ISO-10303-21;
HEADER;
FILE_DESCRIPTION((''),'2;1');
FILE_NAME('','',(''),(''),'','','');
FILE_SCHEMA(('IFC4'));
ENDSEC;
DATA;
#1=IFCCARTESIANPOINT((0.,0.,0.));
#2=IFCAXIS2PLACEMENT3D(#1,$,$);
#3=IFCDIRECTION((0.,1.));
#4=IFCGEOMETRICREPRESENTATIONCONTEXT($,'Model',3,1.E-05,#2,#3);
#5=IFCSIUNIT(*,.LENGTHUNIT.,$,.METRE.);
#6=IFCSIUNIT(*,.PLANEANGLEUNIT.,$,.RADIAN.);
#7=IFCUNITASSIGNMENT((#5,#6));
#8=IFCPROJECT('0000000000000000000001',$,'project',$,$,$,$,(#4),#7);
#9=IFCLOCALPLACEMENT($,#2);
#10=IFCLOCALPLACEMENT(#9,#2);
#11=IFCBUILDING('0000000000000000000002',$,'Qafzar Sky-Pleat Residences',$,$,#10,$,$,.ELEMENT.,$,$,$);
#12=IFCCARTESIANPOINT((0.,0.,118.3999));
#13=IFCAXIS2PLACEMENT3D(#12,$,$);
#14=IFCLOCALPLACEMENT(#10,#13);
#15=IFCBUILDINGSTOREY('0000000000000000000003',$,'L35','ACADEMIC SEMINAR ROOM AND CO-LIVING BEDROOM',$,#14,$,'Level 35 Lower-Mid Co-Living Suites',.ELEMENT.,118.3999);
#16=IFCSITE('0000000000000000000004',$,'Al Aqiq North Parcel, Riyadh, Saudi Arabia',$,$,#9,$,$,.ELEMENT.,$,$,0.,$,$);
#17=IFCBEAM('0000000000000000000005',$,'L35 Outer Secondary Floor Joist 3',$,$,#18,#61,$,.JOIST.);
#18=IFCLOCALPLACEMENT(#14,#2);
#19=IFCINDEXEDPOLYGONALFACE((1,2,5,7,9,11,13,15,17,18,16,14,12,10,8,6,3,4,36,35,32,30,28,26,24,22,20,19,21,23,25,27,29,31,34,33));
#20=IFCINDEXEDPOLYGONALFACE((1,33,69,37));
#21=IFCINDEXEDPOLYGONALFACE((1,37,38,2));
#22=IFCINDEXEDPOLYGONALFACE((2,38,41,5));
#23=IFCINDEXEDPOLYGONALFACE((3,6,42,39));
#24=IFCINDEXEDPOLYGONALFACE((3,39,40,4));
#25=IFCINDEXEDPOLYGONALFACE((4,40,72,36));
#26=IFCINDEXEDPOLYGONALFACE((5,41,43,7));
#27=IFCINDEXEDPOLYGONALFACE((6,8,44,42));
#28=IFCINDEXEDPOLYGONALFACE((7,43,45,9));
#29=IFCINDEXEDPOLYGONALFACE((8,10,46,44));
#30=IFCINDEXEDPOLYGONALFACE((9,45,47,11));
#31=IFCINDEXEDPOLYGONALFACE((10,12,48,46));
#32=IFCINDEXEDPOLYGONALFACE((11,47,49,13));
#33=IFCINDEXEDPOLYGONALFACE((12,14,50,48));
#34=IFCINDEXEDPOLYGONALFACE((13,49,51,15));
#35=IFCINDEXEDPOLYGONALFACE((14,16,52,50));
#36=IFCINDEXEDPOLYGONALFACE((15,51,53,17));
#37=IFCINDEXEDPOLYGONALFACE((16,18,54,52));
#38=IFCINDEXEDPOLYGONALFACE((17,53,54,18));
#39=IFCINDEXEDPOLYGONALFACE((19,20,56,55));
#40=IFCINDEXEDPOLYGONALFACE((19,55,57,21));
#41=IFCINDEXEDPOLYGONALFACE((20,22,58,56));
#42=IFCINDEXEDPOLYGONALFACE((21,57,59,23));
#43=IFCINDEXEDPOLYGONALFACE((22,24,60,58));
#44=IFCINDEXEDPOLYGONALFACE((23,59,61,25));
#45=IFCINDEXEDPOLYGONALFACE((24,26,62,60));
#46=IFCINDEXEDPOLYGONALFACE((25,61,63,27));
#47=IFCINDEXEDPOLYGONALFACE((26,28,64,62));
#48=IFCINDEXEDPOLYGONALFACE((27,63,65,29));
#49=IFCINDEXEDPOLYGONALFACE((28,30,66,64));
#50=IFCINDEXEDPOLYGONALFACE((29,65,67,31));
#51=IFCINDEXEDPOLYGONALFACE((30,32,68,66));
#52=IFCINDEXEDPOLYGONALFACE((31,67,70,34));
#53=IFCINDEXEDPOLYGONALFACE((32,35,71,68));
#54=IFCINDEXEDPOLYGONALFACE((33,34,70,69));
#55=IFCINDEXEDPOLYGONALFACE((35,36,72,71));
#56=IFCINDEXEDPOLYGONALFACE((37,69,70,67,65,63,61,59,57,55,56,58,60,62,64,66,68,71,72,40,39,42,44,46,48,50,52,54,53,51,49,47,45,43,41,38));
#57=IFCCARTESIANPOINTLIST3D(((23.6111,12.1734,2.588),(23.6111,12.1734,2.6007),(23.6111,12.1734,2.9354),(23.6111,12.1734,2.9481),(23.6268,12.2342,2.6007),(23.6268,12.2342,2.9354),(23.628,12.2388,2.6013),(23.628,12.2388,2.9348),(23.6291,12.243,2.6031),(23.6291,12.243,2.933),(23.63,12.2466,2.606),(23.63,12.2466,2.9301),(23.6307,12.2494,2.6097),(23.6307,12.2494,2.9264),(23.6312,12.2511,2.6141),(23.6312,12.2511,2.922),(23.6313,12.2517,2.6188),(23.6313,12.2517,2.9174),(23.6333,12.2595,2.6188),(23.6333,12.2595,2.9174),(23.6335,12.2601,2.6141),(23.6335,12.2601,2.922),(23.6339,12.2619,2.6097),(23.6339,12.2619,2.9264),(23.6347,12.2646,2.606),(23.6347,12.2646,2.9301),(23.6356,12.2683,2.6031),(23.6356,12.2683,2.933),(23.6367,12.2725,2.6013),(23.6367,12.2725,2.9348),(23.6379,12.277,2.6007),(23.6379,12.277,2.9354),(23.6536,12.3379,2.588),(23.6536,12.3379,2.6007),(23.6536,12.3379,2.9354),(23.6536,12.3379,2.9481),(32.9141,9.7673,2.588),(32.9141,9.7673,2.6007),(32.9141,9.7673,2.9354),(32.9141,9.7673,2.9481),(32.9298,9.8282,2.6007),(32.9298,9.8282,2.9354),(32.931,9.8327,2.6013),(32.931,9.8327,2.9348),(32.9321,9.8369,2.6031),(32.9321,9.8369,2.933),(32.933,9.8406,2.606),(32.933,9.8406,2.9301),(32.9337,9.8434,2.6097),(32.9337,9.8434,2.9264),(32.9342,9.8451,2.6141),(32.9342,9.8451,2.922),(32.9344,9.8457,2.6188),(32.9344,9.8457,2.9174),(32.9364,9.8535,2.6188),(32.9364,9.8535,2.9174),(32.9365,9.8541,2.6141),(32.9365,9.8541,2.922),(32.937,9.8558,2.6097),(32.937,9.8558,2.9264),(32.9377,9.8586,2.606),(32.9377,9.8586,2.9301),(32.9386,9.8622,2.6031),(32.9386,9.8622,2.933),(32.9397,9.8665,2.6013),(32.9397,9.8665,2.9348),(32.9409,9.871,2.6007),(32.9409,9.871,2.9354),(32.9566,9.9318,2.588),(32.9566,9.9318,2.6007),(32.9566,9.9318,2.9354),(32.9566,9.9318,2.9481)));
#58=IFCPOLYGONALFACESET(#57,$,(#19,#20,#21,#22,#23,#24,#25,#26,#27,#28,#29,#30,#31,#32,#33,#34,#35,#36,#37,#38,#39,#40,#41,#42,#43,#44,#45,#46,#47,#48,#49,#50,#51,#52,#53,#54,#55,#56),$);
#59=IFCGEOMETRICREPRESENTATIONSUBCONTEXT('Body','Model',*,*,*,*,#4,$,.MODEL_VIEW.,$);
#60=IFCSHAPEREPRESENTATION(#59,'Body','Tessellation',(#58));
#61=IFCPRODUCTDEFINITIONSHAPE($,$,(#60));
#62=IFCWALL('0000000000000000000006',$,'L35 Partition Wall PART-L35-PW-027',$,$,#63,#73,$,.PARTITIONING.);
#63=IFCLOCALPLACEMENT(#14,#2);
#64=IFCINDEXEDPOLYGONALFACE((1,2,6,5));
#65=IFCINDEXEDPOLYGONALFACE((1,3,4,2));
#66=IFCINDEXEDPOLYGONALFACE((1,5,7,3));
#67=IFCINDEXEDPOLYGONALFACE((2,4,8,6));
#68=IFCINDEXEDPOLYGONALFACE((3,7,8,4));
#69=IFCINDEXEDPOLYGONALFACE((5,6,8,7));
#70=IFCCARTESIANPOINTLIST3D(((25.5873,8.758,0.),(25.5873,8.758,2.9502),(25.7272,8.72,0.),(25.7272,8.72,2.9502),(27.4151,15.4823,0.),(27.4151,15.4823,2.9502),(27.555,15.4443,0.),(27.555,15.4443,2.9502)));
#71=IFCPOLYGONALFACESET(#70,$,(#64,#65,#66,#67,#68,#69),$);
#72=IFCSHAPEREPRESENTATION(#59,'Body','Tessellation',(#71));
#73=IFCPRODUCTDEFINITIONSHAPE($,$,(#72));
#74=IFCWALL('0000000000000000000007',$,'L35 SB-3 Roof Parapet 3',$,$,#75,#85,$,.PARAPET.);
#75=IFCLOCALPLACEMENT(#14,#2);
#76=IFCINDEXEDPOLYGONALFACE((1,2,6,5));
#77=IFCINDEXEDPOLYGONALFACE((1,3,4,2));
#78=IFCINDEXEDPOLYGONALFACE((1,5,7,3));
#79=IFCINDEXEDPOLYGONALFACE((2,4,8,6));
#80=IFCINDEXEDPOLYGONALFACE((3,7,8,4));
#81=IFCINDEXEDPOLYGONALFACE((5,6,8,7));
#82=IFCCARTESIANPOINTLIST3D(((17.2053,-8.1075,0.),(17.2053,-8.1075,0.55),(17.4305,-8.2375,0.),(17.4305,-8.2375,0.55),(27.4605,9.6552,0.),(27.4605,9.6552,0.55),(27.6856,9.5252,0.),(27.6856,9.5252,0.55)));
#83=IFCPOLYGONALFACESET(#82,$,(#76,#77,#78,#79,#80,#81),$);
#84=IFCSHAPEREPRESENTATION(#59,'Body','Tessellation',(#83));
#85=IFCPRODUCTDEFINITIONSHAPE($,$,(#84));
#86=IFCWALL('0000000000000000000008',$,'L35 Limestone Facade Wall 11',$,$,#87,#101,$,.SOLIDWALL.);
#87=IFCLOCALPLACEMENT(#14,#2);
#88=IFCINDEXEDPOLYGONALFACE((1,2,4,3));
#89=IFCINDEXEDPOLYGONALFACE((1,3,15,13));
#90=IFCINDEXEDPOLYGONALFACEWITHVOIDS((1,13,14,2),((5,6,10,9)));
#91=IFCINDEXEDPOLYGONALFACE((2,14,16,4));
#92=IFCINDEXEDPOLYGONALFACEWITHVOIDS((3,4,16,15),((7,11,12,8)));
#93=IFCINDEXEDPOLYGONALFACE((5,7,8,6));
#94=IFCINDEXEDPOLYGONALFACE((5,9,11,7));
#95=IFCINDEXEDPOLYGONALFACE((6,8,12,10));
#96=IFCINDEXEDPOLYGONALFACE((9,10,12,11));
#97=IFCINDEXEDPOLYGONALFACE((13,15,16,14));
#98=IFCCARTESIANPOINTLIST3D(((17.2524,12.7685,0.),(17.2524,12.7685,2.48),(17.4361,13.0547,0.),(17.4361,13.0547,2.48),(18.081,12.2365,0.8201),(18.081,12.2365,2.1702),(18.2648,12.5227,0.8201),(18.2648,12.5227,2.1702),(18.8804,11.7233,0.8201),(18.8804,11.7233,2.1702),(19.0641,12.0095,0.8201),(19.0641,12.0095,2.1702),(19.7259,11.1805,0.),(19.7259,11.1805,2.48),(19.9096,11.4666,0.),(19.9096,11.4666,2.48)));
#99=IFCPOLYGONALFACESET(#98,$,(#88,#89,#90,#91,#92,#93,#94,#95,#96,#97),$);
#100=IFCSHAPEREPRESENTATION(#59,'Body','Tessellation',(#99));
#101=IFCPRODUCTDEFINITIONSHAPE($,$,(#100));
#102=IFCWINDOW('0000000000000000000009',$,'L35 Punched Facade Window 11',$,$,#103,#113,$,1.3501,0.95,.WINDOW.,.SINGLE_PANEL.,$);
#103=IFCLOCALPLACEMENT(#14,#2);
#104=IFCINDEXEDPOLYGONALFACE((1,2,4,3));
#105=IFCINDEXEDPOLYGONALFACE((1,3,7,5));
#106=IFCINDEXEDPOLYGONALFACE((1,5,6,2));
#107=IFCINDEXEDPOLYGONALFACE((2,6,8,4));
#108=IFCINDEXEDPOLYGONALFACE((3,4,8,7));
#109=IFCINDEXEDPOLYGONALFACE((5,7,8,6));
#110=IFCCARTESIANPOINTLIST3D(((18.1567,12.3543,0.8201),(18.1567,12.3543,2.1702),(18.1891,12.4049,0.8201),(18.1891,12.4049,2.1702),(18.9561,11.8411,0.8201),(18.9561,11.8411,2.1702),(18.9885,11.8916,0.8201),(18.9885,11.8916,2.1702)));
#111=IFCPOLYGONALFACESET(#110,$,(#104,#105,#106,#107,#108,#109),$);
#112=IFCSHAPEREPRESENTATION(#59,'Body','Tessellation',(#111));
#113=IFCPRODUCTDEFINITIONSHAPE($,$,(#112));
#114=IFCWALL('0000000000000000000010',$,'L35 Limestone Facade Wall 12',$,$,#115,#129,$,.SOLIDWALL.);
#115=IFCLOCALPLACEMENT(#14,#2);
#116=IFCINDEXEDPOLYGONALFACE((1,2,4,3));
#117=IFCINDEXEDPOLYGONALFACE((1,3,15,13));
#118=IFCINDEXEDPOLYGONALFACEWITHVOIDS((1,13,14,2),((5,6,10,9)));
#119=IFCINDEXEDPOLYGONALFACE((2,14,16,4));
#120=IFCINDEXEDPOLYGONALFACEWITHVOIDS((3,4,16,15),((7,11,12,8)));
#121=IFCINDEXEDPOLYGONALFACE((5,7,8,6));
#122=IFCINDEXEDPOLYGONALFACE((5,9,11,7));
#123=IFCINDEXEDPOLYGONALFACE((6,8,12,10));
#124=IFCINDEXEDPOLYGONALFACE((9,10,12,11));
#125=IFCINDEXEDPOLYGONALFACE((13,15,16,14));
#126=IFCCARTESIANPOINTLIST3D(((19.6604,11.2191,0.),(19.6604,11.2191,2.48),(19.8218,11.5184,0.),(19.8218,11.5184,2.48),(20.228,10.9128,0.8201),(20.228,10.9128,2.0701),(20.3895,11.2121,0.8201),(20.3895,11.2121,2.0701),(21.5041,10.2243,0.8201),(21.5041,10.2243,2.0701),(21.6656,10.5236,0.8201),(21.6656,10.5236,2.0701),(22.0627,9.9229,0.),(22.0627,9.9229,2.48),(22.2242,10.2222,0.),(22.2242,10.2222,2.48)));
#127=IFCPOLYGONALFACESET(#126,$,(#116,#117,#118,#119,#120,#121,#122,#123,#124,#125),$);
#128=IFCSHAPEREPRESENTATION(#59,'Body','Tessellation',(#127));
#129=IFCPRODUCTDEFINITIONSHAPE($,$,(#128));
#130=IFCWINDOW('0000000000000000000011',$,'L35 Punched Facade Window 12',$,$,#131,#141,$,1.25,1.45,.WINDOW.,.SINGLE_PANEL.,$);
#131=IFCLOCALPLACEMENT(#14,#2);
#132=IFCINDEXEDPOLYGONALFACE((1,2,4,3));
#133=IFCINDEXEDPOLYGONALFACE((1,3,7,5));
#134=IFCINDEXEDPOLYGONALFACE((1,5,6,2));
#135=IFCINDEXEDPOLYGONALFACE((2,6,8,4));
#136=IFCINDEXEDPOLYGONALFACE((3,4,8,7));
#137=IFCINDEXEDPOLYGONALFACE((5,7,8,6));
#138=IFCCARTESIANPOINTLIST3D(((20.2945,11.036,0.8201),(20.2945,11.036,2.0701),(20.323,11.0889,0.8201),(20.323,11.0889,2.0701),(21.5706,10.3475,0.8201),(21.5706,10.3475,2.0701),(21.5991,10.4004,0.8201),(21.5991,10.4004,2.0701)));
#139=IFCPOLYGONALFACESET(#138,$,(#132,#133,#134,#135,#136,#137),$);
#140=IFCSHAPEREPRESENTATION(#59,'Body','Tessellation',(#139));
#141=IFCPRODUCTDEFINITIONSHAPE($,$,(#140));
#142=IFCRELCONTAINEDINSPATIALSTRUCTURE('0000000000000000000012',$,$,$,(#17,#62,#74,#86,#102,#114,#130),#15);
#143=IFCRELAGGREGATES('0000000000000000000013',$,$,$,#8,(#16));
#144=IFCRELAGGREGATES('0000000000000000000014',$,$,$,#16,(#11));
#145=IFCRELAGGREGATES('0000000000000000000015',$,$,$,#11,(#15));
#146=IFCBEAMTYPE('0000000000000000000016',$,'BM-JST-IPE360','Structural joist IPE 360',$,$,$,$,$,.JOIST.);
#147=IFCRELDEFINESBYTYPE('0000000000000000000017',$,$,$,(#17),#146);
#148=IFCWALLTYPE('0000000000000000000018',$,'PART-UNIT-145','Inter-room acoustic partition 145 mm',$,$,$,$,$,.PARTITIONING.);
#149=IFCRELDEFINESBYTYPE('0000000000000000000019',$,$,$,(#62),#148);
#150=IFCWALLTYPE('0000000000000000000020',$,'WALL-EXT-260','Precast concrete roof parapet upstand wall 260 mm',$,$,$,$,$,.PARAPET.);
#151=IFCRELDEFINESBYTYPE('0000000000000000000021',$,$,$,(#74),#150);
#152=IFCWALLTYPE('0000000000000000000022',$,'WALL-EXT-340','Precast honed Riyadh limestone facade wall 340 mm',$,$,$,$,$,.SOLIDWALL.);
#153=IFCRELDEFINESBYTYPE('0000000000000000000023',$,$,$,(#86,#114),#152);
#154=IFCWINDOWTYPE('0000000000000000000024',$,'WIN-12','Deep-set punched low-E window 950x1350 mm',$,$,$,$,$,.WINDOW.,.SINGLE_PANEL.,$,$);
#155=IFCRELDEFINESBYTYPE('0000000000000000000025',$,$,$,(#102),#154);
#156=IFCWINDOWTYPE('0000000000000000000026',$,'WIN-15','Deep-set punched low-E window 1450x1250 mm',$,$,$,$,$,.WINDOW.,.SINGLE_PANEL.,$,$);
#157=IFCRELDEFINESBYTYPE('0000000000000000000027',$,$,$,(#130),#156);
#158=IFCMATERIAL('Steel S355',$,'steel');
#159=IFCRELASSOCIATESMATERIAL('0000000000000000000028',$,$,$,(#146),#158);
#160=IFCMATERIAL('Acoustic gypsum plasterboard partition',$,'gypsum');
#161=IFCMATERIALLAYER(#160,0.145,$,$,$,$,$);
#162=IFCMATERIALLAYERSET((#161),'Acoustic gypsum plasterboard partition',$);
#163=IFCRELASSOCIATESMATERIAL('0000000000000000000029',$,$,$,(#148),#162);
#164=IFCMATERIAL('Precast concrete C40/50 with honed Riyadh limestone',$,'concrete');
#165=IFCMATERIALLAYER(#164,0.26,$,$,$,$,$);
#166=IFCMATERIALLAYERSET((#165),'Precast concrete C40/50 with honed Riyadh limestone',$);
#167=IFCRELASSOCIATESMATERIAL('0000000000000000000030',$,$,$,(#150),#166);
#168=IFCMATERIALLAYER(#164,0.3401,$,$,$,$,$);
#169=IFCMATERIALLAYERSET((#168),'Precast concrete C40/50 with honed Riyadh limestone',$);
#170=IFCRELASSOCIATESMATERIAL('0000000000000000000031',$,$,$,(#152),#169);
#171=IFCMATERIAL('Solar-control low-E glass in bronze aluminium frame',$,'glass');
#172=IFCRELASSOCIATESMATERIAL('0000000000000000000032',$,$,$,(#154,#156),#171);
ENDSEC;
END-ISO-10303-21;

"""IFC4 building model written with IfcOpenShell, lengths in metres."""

from ifc_helpers import new_model, si_unit, direction, frame, frame_2d, origin, origin_2d, place, context, subcontext, project, spatial, rectangle, i_section, extrude, source, transform, mapped, material, layer, layer_set, material_profile, profile_set, type_object, element, fill, save


model = new_model("IFC4")

# Units and contexts
model_context = context("Model", 3, precision=1e-05, world=origin(), true_north=direction((0.0, 1.0)))
body_context = subcontext(model_context, "Body", "Model", "MODEL_VIEW")
ifc_project = project(units=[si_unit("LENGTHUNIT", "METRE"), si_unit("PLANEANGLEUNIT", "RADIAN")], contexts=[model_context])

# Site, building, storey
site_placement = place(None, origin())
site = spatial("IfcSite", under=ifc_project, at=site_placement, Name="Al Aqiq North Parcel, Riyadh, Saudi Arabia", CompositionType="ELEMENT", RefElevation=0.0)
building_placement = place(site_placement, origin())
building = spatial("IfcBuilding", under=site, at=building_placement, Name="Qafzar Sky-Pleat Residences", CompositionType="ELEMENT")
storey_placement = place(building_placement, frame((0.0, 0.0, 118.3999)))
storey = spatial("IfcBuildingStorey", under=building, at=storey_placement, Name="L35", Description="ACADEMIC SEMINAR ROOM AND CO-LIVING BEDROOM", LongName="Level 35 Lower-Mid Co-Living Suites", CompositionType="ELEMENT", Elevation=118.3999)

# Beam
ifc_material_1 = material(Name="Steel S355", Category="steel")
ifc_material_profile_1 = material_profile(ifc_material_1, i_section(OverallWidth=0.1699, OverallDepth=0.3601, WebThickness=0.0081, FlangeThickness=0.0127, FilletRadius=0.0181, at=origin_2d()), Name="IPE 360")
ifc_profile_set_1 = profile_set([ifc_material_profile_1], Name="Steel S355")
beam_type_1 = type_object("IfcBeamType", Name="BM-JST-IPE360", Description="Structural joist IPE 360", PredefinedType="JOIST", material=ifc_profile_set_1)
shared_shape_1 = source(origin(), body_context, "Body", "SweptSolid", [
    extrude(i_section(OverallWidth=0.1699, OverallDepth=0.3601, WebThickness=0.0081, FlangeThickness=0.0127, FilletRadius=0.0181, at=origin_2d()), origin(), (0.0, 0.0, 1.0), 9.6091),
])
beam_1_placement = place(storey_placement, frame((23.6323, 12.2556, 2.7681), z_axis=(0.968145, -0.250389, 0.0), x_axis=(0.250389, 0.968145, 0.0)))
element("IfcBeam", 1, at=beam_1_placement, inside=storey, type_object=beam_type_1, Name="L35 Outer Secondary Floor Joist 3", PredefinedType="JOIST", context=body_context, shape_type="MappedRepresentation", body=[
    mapped(shared_shape_1, transform((0.0, 0.0, 0.0), x_axis=(1.0, 0.0, 0.0), y_axis=(0.0, 1.0, 0.0), z_axis=(0.0, 0.0, 1.0), scale=1.0)),
])

# Walls
ifc_material_2 = material(Name="Acoustic gypsum plasterboard partition", Category="gypsum")
ifc_layer_1 = layer(ifc_material_2, 0.145)
ifc_layer_set_1 = layer_set([ifc_layer_1], Name="Acoustic gypsum plasterboard partition")
wall_type_1 = type_object("IfcWallType", Name="PART-UNIT-145", Description="Inter-room acoustic partition 145 mm", PredefinedType="PARTITIONING", material=ifc_layer_set_1)
wall_1_placement = place(storey_placement, frame((25.6572, 8.739, 0.0), z_axis=(0.0, 0.0, 1.0), x_axis=(0.262311, 0.964983, 0.0)))
element("IfcWall", 2, at=wall_1_placement, inside=storey, type_object=wall_type_1, Name="L35 Partition Wall PART-L35-PW-027", PredefinedType="PARTITIONING", context=body_context, shape_type="SweptSolid", body=[
    extrude(rectangle(XDim=6.9683, YDim=0.145, at=frame_2d((3.4841, 0.0))), origin(), (0.0, 0.0, 1.0), 2.9502),
])
ifc_material_3 = material(Name="Precast concrete C40/50 with honed Riyadh limestone", Category="concrete")
ifc_layer_2 = layer(ifc_material_3, 0.26)
ifc_layer_set_2 = layer_set([ifc_layer_2], Name="Precast concrete C40/50 with honed Riyadh limestone")
wall_type_2 = type_object("IfcWallType", Name="WALL-EXT-260", Description="Precast concrete roof parapet upstand wall 260 mm", PredefinedType="PARAPET", material=ifc_layer_set_2)
wall_2_placement = place(storey_placement, frame((17.3179, -8.1726, 0.0), z_axis=(0.0, 0.0, 1.0), x_axis=(0.499994, 0.866029, 0.0)))
element("IfcWall", 3, at=wall_2_placement, inside=storey, type_object=wall_type_2, Name="L35 SB-3 Roof Parapet 3", PredefinedType="PARAPET", context=body_context, shape_type="SweptSolid", body=[
    extrude(rectangle(XDim=20.5105, YDim=0.26, at=frame_2d((10.2554, 0.0))), origin(), (0.0, 0.0, 1.0), 0.55),
])

# Walls, openings, windows
ifc_layer_3 = layer(ifc_material_3, 0.3401)
ifc_layer_set_3 = layer_set([ifc_layer_3], Name="Precast concrete C40/50 with honed Riyadh limestone")
wall_type_3 = type_object("IfcWallType", Name="WALL-EXT-340", Description="Precast honed Riyadh limestone facade wall 340 mm", PredefinedType="SOLIDWALL", material=ifc_layer_set_3)
wall_3_placement = place(storey_placement, frame((17.3442, 12.9116, 0.0), z_axis=(0.0, 0.0, 1.0), x_axis=(0.841497, -0.540262, 0.0)))
wall_3 = element("IfcWall", 4, at=wall_3_placement, inside=storey, type_object=wall_type_3, Name="L35 Limestone Facade Wall 11", PredefinedType="SOLIDWALL", context=body_context, shape_type="SweptSolid", body=[
    extrude(rectangle(XDim=2.9395, YDim=0.3401, at=frame_2d((1.4697, 0.0))), origin(), (0.0, 0.0, 1.0), 2.48),
])
opening_1_placement = place(wall_3_placement, frame((0.9846, 0.0, 0.8201)))
opening_1 = element("IfcOpeningElement", 5, at=opening_1_placement, cuts=wall_3, PredefinedType="OPENING", context=body_context, shape_type="SweptSolid", body=[
    extrude(rectangle(XDim=0.95, YDim=1.3501, at=frame_2d((0.4751, 0.675))), frame((0.0, 0.1802, 0.0), z_axis=(0.0, -1.0, 0.0), x_axis=(1.0, 0.0, 0.0)), (0.0, 0.0, 1.0), 0.3601),
])
ifc_material_4 = material(Name="Solar-control low-E glass in bronze aluminium frame", Category="glass")
window_type_1 = type_object("IfcWindowType", Name="WIN-12", Description="Deep-set punched low-E window 950x1350 mm", PartitioningType="SINGLE_PANEL", PredefinedType="WINDOW", material=ifc_material_4)
shared_shape_2 = source(origin(), body_context, "Body", "SweptSolid", [
    extrude(rectangle(XDim=0.95, YDim=1.3501, at=frame_2d((0.4751, 0.675))), frame((0.0, 0.03, 0.0), z_axis=(0.0, -1.0, 0.0), x_axis=(1.0, 0.0, 0.0)), (0.0, 0.0, 1.0), 0.0601),
])
window_1_placement = place(opening_1_placement, origin())
window_1 = element("IfcWindow", 6, at=window_1_placement, inside=storey, type_object=window_type_1, Name="L35 Punched Facade Window 11", OverallHeight=1.3501, OverallWidth=0.95, PartitioningType="SINGLE_PANEL", PredefinedType="WINDOW", context=body_context, shape_type="MappedRepresentation", body=[
    mapped(shared_shape_2, transform((0.0, 0.0, 0.0), x_axis=(1.0, 0.0, 0.0), y_axis=(0.0, 1.0, 0.0), z_axis=(0.0, 0.0, 1.0), scale=1.0)),
])
fill(opening_1, window_1)
wall_4_placement = place(storey_placement, frame((19.7412, 11.3687, 0.0), z_axis=(0.0, 0.0, 1.0), x_axis=(0.880077, -0.47483, 0.0)))
wall_4 = element("IfcWall", 7, at=wall_4_placement, inside=storey, type_object=wall_type_3, Name="L35 Limestone Facade Wall 12", PredefinedType="SOLIDWALL", context=body_context, shape_type="SweptSolid", body=[
    extrude(rectangle(XDim=2.7297, YDim=0.3401, at=frame_2d((1.3647, 0.0))), origin(), (0.0, 0.0, 1.0), 2.48),
])
opening_2_placement = place(wall_4_placement, frame((0.6448, 0.0, 0.8201)))
opening_2 = element("IfcOpeningElement", 8, at=opening_2_placement, cuts=wall_4, PredefinedType="OPENING", context=body_context, shape_type="SweptSolid", body=[
    extrude(rectangle(XDim=1.45, YDim=1.25, at=frame_2d((0.7251, 0.625))), frame((0.0, 0.1802, 0.0), z_axis=(0.0, -1.0, 0.0), x_axis=(1.0, 0.0, 0.0)), (0.0, 0.0, 1.0), 0.3601),
])
window_type_2 = type_object("IfcWindowType", Name="WIN-15", Description="Deep-set punched low-E window 1450x1250 mm", PartitioningType="SINGLE_PANEL", PredefinedType="WINDOW", material=ifc_material_4)
shared_shape_3 = source(origin(), body_context, "Body", "SweptSolid", [
    extrude(rectangle(XDim=1.45, YDim=1.25, at=frame_2d((0.7251, 0.625))), frame((0.0, 0.03, 0.0), z_axis=(0.0, -1.0, 0.0), x_axis=(1.0, 0.0, 0.0)), (0.0, 0.0, 1.0), 0.0601),
])
window_2_placement = place(opening_2_placement, origin())
window_2 = element("IfcWindow", 9, at=window_2_placement, inside=storey, type_object=window_type_2, Name="L35 Punched Facade Window 12", OverallHeight=1.25, OverallWidth=1.45, PartitioningType="SINGLE_PANEL", PredefinedType="WINDOW", context=body_context, shape_type="MappedRepresentation", body=[
    mapped(shared_shape_3, transform((0.0, 0.0, 0.0), x_axis=(1.0, 0.0, 0.0), y_axis=(0.0, 1.0, 0.0), z_axis=(0.0, 0.0, 1.0), scale=1.0)),
])
fill(opening_2, window_2)

save(model, "model.ifc")
